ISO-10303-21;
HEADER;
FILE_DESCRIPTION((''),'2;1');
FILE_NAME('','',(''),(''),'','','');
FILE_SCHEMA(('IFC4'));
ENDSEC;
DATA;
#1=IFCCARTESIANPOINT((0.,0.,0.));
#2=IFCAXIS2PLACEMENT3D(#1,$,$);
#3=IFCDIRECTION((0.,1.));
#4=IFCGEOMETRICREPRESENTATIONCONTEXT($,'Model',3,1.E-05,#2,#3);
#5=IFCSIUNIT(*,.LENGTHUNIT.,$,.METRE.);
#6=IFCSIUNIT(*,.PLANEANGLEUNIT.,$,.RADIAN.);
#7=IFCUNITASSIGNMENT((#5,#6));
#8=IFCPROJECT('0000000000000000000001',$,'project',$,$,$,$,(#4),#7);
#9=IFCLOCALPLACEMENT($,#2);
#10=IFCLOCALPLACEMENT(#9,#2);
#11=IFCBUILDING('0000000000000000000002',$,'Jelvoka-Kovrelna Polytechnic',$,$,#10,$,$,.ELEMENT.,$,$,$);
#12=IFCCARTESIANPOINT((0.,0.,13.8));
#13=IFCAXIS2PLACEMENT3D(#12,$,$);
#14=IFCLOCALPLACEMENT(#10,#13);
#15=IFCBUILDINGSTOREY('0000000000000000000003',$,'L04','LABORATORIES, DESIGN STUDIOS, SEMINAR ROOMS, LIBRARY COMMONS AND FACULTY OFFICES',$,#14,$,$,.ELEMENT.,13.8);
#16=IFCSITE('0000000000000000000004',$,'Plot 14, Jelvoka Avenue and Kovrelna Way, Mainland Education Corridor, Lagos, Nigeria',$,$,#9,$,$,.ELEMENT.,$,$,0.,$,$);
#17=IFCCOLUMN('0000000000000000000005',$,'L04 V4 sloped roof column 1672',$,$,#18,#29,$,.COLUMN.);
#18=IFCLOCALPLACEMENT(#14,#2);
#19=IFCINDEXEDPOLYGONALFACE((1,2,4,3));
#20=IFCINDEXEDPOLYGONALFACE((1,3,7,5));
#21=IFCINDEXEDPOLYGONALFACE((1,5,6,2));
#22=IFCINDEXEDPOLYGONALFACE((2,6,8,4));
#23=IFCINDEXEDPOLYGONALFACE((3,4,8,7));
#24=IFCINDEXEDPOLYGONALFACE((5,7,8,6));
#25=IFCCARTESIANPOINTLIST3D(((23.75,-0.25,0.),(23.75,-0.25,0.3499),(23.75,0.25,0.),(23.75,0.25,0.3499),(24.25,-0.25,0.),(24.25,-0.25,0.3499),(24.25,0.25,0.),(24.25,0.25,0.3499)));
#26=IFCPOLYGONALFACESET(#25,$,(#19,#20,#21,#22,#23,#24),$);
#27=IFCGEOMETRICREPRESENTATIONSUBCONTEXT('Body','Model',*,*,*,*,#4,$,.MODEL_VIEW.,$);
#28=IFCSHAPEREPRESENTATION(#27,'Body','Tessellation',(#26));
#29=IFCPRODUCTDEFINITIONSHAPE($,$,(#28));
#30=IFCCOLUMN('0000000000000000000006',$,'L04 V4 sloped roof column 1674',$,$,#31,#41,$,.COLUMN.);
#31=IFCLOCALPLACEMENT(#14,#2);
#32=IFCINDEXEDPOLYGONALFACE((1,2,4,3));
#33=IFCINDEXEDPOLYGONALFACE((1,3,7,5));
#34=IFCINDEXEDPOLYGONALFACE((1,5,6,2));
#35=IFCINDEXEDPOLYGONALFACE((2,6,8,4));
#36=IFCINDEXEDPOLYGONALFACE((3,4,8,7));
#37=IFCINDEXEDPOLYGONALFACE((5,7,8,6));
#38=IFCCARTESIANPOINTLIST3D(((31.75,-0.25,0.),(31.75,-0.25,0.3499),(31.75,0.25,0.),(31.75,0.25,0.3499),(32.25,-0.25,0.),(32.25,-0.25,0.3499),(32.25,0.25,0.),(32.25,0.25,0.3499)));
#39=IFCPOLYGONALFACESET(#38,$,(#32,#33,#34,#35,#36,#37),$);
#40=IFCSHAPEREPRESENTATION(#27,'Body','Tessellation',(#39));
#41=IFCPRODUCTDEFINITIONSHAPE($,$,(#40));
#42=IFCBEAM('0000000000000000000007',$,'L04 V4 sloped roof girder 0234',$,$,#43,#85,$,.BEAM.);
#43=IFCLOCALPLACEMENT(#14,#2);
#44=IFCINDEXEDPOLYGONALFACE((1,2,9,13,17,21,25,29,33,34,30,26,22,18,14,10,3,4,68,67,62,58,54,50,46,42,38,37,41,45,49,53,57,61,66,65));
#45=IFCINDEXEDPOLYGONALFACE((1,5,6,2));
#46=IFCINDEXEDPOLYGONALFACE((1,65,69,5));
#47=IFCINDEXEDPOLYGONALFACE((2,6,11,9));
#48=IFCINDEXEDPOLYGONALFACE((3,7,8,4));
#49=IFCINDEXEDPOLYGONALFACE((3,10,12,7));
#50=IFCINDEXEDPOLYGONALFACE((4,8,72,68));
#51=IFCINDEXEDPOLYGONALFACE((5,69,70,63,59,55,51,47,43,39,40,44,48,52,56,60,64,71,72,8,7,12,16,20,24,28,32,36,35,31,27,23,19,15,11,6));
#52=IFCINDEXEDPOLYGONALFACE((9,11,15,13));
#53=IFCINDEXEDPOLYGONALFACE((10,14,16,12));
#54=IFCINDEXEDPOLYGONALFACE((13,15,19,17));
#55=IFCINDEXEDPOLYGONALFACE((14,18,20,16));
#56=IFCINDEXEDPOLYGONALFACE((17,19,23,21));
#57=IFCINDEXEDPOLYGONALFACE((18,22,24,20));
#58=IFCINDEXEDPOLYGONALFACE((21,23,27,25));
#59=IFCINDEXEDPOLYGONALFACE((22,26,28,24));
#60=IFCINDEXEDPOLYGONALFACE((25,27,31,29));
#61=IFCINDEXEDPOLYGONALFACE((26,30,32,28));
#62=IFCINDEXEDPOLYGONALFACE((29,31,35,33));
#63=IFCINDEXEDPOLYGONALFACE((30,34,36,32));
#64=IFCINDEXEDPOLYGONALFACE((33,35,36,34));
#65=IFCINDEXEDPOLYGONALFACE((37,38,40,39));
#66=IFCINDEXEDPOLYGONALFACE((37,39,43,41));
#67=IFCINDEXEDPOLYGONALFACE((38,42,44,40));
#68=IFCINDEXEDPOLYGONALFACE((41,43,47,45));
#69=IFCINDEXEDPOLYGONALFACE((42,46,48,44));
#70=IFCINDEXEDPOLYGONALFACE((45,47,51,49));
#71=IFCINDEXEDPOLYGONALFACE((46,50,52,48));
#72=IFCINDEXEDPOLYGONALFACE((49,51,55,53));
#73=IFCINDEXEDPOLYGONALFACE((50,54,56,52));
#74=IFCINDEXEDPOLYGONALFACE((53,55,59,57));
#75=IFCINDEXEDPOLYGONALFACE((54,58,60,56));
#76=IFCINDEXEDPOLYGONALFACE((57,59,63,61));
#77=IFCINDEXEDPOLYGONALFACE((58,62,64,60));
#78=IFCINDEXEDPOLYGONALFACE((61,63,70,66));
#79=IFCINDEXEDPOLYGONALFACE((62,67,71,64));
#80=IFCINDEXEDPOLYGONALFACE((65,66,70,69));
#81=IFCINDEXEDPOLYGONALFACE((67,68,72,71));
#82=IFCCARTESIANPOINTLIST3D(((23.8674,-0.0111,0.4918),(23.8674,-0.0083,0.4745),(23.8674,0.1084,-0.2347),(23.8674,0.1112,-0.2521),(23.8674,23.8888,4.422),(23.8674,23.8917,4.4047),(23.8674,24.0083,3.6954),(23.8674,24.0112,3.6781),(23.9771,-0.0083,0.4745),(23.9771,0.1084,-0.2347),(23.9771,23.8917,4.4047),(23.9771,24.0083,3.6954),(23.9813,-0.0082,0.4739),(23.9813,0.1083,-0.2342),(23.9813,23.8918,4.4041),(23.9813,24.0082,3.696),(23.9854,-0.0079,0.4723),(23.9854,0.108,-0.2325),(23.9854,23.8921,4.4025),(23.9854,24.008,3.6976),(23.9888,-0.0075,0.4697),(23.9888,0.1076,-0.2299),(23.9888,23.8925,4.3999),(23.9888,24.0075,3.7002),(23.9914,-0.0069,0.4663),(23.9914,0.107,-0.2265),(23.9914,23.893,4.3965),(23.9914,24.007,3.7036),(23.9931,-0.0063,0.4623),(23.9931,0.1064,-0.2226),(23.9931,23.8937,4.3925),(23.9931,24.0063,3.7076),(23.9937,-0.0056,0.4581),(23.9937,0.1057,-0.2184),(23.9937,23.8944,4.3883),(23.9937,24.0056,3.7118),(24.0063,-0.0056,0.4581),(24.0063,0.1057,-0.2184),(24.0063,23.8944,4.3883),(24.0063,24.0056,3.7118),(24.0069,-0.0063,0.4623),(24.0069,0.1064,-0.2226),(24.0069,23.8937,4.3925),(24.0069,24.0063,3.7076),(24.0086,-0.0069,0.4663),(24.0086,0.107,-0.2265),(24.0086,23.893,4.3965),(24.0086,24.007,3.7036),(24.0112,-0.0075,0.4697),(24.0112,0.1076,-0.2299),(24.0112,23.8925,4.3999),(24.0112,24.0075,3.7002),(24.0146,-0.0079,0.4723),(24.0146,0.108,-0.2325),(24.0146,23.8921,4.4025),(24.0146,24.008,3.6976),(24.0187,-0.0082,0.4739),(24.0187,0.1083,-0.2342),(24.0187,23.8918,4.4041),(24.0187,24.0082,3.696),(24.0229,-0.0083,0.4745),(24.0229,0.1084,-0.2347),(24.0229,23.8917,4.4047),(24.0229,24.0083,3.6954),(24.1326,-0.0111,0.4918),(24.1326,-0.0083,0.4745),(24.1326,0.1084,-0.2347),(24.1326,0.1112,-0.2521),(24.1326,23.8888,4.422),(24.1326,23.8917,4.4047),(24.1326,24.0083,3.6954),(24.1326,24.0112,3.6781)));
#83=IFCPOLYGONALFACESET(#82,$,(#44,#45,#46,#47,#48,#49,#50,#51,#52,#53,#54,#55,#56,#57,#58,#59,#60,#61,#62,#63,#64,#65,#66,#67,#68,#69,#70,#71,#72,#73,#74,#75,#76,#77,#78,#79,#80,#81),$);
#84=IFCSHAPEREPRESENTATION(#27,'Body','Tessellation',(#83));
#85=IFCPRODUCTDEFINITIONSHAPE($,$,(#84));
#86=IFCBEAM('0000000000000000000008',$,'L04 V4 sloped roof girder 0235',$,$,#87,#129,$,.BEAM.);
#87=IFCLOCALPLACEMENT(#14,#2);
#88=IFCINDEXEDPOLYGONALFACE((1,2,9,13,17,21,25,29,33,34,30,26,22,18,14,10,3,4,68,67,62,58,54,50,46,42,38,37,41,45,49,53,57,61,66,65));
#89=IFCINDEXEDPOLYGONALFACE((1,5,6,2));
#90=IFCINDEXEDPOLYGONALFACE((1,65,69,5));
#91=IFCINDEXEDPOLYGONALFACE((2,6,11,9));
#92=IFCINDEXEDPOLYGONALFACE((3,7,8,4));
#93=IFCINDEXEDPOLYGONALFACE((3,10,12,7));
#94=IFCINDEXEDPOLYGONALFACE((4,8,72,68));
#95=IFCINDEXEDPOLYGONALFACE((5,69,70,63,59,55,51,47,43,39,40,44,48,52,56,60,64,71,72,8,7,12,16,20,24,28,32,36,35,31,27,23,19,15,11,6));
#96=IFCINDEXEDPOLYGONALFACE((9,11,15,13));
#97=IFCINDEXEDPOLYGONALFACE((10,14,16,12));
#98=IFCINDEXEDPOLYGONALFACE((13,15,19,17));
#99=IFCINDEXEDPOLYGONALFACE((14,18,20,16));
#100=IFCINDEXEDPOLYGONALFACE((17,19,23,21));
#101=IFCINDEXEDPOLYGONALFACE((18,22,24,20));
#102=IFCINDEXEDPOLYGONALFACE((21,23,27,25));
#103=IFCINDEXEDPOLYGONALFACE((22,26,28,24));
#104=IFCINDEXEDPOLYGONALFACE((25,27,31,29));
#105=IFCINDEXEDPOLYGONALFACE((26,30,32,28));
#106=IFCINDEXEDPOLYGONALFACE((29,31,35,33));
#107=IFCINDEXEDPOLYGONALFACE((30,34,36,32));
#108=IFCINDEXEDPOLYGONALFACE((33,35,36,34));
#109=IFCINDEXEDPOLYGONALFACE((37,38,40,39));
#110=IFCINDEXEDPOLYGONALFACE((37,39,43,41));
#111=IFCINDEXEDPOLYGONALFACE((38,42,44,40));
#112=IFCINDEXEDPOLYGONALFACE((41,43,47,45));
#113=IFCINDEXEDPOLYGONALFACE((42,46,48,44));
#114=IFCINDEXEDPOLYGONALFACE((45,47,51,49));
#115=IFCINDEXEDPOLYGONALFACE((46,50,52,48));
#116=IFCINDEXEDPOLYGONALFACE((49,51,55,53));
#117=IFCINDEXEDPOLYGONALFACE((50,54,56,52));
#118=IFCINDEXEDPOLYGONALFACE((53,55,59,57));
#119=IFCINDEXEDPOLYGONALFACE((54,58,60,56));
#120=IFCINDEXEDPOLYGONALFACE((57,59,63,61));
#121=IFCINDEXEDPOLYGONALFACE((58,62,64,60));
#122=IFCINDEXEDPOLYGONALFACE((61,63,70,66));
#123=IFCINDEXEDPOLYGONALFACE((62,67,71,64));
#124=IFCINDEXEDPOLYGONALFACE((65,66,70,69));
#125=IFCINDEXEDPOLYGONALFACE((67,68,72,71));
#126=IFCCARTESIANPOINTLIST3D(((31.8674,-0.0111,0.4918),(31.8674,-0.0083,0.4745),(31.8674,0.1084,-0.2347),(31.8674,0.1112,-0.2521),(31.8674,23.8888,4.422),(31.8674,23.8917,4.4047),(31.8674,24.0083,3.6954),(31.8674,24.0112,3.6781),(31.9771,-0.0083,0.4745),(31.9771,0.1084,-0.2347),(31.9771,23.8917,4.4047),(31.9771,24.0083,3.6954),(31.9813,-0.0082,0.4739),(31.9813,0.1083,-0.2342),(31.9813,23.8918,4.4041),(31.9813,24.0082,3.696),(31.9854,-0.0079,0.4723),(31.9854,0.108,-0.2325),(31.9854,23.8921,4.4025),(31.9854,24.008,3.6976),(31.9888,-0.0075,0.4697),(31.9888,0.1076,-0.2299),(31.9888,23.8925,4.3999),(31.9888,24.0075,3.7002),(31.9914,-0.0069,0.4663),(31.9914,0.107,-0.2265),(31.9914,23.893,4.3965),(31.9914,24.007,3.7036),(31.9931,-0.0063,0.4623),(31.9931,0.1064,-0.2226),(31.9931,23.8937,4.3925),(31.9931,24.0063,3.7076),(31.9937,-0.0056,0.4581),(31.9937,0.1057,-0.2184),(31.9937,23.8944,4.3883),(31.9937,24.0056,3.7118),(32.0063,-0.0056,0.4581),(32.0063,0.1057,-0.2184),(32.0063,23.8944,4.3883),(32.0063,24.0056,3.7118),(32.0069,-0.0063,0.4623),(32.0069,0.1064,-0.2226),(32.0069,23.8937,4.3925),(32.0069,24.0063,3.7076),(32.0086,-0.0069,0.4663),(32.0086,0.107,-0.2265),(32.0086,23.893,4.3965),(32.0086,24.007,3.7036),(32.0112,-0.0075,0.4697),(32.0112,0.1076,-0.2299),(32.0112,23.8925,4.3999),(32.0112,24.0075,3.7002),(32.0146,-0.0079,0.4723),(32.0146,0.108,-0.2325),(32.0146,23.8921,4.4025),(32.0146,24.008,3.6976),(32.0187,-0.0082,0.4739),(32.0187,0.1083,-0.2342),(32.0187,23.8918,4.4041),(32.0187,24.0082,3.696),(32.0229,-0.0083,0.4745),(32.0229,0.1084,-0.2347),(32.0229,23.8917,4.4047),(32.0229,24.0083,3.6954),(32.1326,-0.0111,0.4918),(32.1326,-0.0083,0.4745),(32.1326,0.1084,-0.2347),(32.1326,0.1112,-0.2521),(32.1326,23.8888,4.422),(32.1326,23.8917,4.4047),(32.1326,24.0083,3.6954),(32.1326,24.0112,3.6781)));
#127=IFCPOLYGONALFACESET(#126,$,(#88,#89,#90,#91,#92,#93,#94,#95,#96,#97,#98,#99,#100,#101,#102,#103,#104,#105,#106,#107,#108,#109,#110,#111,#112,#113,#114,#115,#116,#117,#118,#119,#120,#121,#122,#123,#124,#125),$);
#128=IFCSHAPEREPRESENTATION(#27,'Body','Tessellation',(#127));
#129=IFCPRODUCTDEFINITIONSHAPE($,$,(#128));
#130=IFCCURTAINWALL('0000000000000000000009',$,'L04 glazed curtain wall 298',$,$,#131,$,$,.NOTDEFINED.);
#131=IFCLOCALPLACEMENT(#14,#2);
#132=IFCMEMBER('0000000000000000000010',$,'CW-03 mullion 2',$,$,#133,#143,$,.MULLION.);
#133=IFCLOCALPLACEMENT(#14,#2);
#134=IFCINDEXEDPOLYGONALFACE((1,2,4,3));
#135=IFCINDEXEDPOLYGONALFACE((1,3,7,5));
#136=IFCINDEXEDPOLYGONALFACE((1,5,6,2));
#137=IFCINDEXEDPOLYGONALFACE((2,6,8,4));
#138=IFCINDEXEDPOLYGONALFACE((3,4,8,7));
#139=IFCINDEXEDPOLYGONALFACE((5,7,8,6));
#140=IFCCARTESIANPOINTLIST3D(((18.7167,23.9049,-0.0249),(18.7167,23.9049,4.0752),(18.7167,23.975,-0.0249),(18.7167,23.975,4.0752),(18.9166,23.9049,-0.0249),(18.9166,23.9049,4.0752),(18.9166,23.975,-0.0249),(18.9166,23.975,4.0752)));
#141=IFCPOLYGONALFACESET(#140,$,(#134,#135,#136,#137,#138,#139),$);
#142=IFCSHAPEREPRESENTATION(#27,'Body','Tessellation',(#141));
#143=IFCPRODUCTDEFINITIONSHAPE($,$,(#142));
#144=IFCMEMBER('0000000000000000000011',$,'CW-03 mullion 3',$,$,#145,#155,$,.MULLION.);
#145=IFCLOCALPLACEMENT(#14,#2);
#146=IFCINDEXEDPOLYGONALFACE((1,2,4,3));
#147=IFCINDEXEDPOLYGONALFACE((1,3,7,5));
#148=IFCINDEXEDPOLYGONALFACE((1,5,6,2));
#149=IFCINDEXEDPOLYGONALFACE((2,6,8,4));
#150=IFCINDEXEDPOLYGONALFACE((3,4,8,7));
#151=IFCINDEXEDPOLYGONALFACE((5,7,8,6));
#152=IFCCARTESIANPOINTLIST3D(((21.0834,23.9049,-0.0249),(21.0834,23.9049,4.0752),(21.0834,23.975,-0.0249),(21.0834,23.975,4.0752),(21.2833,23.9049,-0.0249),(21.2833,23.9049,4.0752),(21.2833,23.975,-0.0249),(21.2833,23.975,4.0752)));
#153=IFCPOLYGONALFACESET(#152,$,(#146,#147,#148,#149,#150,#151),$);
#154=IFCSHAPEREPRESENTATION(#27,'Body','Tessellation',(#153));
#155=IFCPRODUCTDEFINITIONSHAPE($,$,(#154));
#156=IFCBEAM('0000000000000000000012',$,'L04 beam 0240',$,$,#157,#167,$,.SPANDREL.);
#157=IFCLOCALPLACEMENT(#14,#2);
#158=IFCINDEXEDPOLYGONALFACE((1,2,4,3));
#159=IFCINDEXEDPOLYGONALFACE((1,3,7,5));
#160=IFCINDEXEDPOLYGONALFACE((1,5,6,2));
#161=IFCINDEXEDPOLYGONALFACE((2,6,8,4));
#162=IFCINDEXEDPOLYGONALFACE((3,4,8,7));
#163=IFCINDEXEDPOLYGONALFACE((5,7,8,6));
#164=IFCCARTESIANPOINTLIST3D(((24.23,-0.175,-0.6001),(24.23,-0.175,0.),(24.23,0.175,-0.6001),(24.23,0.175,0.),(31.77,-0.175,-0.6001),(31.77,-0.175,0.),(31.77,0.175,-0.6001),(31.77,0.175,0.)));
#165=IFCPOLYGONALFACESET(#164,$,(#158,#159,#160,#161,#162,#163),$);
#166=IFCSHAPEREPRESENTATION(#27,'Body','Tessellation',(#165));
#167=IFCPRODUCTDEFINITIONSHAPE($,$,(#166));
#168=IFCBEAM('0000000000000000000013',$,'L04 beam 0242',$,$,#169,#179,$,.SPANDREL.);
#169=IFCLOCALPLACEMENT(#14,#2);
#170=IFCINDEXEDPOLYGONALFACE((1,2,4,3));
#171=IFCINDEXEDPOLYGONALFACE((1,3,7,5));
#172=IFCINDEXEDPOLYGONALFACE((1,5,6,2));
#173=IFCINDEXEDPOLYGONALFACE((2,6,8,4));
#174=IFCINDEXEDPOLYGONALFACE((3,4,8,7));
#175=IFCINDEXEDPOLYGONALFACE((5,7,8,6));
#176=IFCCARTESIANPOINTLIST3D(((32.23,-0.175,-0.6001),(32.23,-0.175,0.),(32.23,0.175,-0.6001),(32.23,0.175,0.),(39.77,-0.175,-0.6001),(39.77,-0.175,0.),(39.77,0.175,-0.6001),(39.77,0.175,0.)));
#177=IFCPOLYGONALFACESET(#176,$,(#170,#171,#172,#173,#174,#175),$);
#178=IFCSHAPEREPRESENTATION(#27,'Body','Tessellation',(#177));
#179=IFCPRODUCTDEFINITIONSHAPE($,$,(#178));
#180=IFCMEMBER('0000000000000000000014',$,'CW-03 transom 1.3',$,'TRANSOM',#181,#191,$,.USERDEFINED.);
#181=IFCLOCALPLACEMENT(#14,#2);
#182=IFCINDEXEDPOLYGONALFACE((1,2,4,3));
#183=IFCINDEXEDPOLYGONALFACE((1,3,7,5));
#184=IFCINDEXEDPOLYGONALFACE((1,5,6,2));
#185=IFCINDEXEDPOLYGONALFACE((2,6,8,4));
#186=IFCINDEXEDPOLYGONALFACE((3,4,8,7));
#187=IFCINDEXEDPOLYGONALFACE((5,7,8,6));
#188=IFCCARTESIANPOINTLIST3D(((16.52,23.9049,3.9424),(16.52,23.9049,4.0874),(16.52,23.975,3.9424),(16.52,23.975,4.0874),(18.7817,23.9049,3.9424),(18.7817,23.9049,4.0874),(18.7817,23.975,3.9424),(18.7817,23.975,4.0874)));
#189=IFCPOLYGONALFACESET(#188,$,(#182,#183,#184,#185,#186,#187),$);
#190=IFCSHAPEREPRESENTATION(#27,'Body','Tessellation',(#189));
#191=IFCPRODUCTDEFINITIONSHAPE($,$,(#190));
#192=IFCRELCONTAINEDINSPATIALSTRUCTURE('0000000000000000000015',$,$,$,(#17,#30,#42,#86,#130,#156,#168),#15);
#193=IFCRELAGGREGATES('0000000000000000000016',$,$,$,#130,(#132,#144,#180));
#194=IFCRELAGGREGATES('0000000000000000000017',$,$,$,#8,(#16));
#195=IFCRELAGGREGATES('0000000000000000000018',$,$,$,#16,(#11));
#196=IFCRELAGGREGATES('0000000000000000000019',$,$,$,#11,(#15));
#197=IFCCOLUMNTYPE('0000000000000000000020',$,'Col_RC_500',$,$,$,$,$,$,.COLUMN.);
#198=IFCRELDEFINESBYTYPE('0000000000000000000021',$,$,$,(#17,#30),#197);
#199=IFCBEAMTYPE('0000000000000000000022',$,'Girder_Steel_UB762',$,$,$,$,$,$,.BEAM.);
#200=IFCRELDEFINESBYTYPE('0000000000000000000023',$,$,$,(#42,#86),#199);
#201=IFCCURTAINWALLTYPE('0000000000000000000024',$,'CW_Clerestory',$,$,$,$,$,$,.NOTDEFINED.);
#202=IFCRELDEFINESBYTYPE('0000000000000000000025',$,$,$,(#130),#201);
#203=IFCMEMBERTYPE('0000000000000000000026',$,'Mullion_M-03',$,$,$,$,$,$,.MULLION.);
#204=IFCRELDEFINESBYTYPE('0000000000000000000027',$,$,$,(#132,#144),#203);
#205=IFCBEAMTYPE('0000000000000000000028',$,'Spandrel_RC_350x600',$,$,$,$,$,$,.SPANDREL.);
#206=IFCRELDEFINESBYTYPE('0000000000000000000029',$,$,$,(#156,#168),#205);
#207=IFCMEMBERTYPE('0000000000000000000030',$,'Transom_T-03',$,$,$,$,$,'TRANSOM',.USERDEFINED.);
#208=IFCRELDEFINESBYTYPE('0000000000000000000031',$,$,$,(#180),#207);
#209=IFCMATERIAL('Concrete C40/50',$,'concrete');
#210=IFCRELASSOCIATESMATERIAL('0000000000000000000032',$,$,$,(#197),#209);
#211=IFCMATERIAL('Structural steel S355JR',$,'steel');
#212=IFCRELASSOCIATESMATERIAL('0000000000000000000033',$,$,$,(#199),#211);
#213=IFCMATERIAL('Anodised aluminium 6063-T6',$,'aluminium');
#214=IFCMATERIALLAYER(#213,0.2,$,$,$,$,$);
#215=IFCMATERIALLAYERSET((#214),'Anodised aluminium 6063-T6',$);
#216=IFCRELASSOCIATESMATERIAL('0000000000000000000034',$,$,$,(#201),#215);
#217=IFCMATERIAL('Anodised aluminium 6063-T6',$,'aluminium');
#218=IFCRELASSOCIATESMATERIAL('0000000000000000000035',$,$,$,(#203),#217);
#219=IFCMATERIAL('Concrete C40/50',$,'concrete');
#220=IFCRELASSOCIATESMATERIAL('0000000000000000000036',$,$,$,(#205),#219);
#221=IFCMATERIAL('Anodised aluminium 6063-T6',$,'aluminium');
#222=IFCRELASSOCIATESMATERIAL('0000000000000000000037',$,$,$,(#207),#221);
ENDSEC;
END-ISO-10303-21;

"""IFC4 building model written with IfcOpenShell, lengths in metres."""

from ifc_helpers import new_model, si_unit, direction, frame, origin, origin_2d, place, context, subcontext, project, spatial, rectangle, i_section, extrude, material, layer, layer_set, material_profile, profile_set, type_object, element, aggregate, save


model = new_model("IFC4")

# Units and contexts
model_context = context("Model", 3, precision=1e-05, world=origin(), true_north=direction((0.0, 1.0)))
body_context = subcontext(model_context, "Body", "Model", "MODEL_VIEW")
ifc_project = project(units=[si_unit("LENGTHUNIT", "METRE"), si_unit("PLANEANGLEUNIT", "RADIAN")], contexts=[model_context])

# Site, building, storey
site_placement = place(None, origin())
site = spatial("IfcSite", under=ifc_project, at=site_placement, Name="Plot 14, Jelvoka Avenue and Kovrelna Way, Mainland Education Corridor, Lagos, Nigeria", CompositionType="ELEMENT", RefElevation=0.0)
building_placement = place(site_placement, origin())
building = spatial("IfcBuilding", under=site, at=building_placement, Name="Jelvoka-Kovrelna Polytechnic", CompositionType="ELEMENT")
storey_placement = place(building_placement, frame((0.0, 0.0, 13.8)))
storey = spatial("IfcBuildingStorey", under=building, at=storey_placement, Name="L04", Description="LABORATORIES, DESIGN STUDIOS, SEMINAR ROOMS, LIBRARY COMMONS AND FACULTY OFFICES", CompositionType="ELEMENT", Elevation=13.8)

# Columns
ifc_material_1 = material(Name="Concrete C40/50", Category="concrete")
ifc_material_profile_1 = material_profile(ifc_material_1, rectangle(XDim=0.5, YDim=0.5, at=origin_2d()), Name="RC 500x500")
ifc_profile_set_1 = profile_set([ifc_material_profile_1], Name="Concrete C40/50")
column_type = type_object("IfcColumnType", Name="Col_RC_500", PredefinedType="COLUMN", material=ifc_profile_set_1)
for number, where, z_axis, x_axis, name in (
    (1, (24.0, 0.0, 0.0), (0.0, 0.0, 1.0), (1.0, 0.0, 0.0), "L04 V4 sloped roof column 1672"),
    (2, (32.0, 0.0, 0.0), (0.0, 0.0, 1.0), (1.0, 0.0, 0.0), "L04 V4 sloped roof column 1674"),
):
    element("IfcColumn", number, at=place(storey_placement, frame(where, z_axis=z_axis, x_axis=x_axis)), inside=storey, type_object=column_type, Name=name, PredefinedType="COLUMN", context=body_context, shape_type="SweptSolid", body=[
        extrude(rectangle(XDim=0.5, YDim=0.5, at=origin_2d()), origin(), (0.0, 0.0, 1.0), 0.3499),
    ])

# Beams
ifc_material_2 = material(Name="Structural steel S355JR", Category="steel")
ifc_material_profile_2 = material_profile(ifc_material_2, i_section(OverallWidth=0.2651, OverallDepth=0.7539, WebThickness=0.0127, FlangeThickness=0.0176, FilletRadius=0.0166, at=origin_2d()), Name="762x267x147 UB")
ifc_profile_set_2 = profile_set([ifc_material_profile_2], Name="Structural steel S355JR")
beam_type_1 = type_object("IfcBeamType", Name="Girder_Steel_UB762", PredefinedType="BEAM", material=ifc_profile_set_2)
for number, where, z_axis, x_axis, name in (
    (3, (24.0, 0.05, 0.1199), (0.0, 0.986747, 0.162264), (-1.0, 0.0, 0.0), "L04 V4 sloped roof girder 0234"),
    (4, (32.0, 0.05, 0.1199), (0.0, 0.986747, 0.162264), (-1.0, 0.0, 0.0), "L04 V4 sloped roof girder 0235"),
):
    element("IfcBeam", number, at=place(storey_placement, frame(where, z_axis=z_axis, x_axis=x_axis)), inside=storey, type_object=beam_type_1, Name=name, PredefinedType="BEAM", context=body_context, shape_type="SweptSolid", body=[
        extrude(i_section(OverallWidth=0.2651, OverallDepth=0.7539, WebThickness=0.0127, FlangeThickness=0.0176, FilletRadius=0.0166, at=origin_2d()), origin(), (0.0, 0.0, 1.0), 24.2209),
    ])

# Curtain wall, members
ifc_material_3 = material(Name="Anodised aluminium 6063-T6", Category="aluminium")
ifc_layer_1 = layer(ifc_material_3, 0.2)
ifc_layer_set_1 = layer_set([ifc_layer_1], Name="Anodised aluminium 6063-T6")
curtain_wall_type = type_object("IfcCurtainWallType", Name="CW_Clerestory", PredefinedType="NOTDEFINED", material=ifc_layer_set_1)
curtain_wall_placement = place(storey_placement, origin())
curtain_wall = element("IfcCurtainWall", 5, at=curtain_wall_placement, inside=storey, type_object=curtain_wall_type, Name="L04 glazed curtain wall 298", PredefinedType="NOTDEFINED")
ifc_material_4 = material(Name="Anodised aluminium 6063-T6", Category="aluminium")
ifc_material_profile_3 = material_profile(ifc_material_4, rectangle(XDim=0.0701, YDim=0.2, at=origin_2d()), Name="ALU 70x200")
ifc_profile_set_3 = profile_set([ifc_material_profile_3], Name="Anodised aluminium 6063-T6")
member_type_1 = type_object("IfcMemberType", Name="Mullion_M-03", PredefinedType="MULLION", material=ifc_profile_set_3)
member_1_placement = place(storey_placement, frame((18.8167, 23.9399, -0.0249), z_axis=(0.0, 0.0, 1.0), x_axis=(0.0, 1.0, 0.0)))
member_1 = element("IfcMember", 6, at=member_1_placement, type_object=member_type_1, Name="CW-03 mullion 2", PredefinedType="MULLION", context=body_context, shape_type="SweptSolid", body=[
    extrude(rectangle(XDim=0.0701, YDim=0.2, at=origin_2d()), origin(), (0.0, 0.0, 1.0), 4.1001),
])
member_2_placement = place(storey_placement, frame((21.1833, 23.9399, -0.0249), z_axis=(0.0, 0.0, 1.0), x_axis=(0.0, 1.0, 0.0)))
member_2 = element("IfcMember", 7, at=member_2_placement, type_object=member_type_1, Name="CW-03 mullion 3", PredefinedType="MULLION", context=body_context, shape_type="SweptSolid", body=[
    extrude(rectangle(XDim=0.0701, YDim=0.2, at=origin_2d()), origin(), (0.0, 0.0, 1.0), 4.1001),
])

# Beams
ifc_material_5 = material(Name="Concrete C40/50", Category="concrete")
ifc_material_profile_4 = material_profile(ifc_material_5, rectangle(XDim=0.3501, YDim=0.6001, at=origin_2d()), Name="RC 350x600")
ifc_profile_set_4 = profile_set([ifc_material_profile_4], Name="Concrete C40/50")
beam_type_2 = type_object("IfcBeamType", Name="Spandrel_RC_350x600", PredefinedType="SPANDREL", material=ifc_profile_set_4)
for number, where, z_axis, x_axis, name in (
    (8, (24.23, 0.0, -0.3), (1.0, 0.0, 0.0), (0.0, 1.0, 0.0), "L04 beam 0240"),
    (9, (32.23, 0.0, -0.3), (1.0, 0.0, 0.0), (0.0, 1.0, 0.0), "L04 beam 0242"),
):
    element("IfcBeam", number, at=place(storey_placement, frame(where, z_axis=z_axis, x_axis=x_axis)), inside=storey, type_object=beam_type_2, Name=name, PredefinedType="SPANDREL", context=body_context, shape_type="SweptSolid", body=[
        extrude(rectangle(XDim=0.3501, YDim=0.6001, at=origin_2d()), origin(), (0.0, 0.0, 1.0), 7.54),
    ])

# Member
ifc_material_6 = material(Name="Anodised aluminium 6063-T6", Category="aluminium")
ifc_material_profile_5 = material_profile(ifc_material_6, rectangle(XDim=0.0701, YDim=0.145, at=origin_2d()), Name="ALU 70x145")
ifc_profile_set_5 = profile_set([ifc_material_profile_5], Name="Anodised aluminium 6063-T6")
member_type_2 = type_object("IfcMemberType", Name="Transom_T-03", ElementType="TRANSOM", PredefinedType="USERDEFINED", material=ifc_profile_set_5)
member_3_placement = place(storey_placement, frame((16.52, 23.9399, 4.0149), z_axis=(1.0, 0.0, 0.0), x_axis=(0.0, 1.0, 0.0)))
member_3 = element("IfcMember", 10, at=member_3_placement, type_object=member_type_2, Name="CW-03 transom 1.3", ObjectType="TRANSOM", PredefinedType="USERDEFINED", context=body_context, shape_type="SweptSolid", body=[
    extrude(rectangle(XDim=0.0701, YDim=0.145, at=origin_2d()), origin(), (0.0, 0.0, 1.0), 2.2617),
])

aggregate(curtain_wall, [member_1, member_2, member_3])

save(model, "model.ifc")
